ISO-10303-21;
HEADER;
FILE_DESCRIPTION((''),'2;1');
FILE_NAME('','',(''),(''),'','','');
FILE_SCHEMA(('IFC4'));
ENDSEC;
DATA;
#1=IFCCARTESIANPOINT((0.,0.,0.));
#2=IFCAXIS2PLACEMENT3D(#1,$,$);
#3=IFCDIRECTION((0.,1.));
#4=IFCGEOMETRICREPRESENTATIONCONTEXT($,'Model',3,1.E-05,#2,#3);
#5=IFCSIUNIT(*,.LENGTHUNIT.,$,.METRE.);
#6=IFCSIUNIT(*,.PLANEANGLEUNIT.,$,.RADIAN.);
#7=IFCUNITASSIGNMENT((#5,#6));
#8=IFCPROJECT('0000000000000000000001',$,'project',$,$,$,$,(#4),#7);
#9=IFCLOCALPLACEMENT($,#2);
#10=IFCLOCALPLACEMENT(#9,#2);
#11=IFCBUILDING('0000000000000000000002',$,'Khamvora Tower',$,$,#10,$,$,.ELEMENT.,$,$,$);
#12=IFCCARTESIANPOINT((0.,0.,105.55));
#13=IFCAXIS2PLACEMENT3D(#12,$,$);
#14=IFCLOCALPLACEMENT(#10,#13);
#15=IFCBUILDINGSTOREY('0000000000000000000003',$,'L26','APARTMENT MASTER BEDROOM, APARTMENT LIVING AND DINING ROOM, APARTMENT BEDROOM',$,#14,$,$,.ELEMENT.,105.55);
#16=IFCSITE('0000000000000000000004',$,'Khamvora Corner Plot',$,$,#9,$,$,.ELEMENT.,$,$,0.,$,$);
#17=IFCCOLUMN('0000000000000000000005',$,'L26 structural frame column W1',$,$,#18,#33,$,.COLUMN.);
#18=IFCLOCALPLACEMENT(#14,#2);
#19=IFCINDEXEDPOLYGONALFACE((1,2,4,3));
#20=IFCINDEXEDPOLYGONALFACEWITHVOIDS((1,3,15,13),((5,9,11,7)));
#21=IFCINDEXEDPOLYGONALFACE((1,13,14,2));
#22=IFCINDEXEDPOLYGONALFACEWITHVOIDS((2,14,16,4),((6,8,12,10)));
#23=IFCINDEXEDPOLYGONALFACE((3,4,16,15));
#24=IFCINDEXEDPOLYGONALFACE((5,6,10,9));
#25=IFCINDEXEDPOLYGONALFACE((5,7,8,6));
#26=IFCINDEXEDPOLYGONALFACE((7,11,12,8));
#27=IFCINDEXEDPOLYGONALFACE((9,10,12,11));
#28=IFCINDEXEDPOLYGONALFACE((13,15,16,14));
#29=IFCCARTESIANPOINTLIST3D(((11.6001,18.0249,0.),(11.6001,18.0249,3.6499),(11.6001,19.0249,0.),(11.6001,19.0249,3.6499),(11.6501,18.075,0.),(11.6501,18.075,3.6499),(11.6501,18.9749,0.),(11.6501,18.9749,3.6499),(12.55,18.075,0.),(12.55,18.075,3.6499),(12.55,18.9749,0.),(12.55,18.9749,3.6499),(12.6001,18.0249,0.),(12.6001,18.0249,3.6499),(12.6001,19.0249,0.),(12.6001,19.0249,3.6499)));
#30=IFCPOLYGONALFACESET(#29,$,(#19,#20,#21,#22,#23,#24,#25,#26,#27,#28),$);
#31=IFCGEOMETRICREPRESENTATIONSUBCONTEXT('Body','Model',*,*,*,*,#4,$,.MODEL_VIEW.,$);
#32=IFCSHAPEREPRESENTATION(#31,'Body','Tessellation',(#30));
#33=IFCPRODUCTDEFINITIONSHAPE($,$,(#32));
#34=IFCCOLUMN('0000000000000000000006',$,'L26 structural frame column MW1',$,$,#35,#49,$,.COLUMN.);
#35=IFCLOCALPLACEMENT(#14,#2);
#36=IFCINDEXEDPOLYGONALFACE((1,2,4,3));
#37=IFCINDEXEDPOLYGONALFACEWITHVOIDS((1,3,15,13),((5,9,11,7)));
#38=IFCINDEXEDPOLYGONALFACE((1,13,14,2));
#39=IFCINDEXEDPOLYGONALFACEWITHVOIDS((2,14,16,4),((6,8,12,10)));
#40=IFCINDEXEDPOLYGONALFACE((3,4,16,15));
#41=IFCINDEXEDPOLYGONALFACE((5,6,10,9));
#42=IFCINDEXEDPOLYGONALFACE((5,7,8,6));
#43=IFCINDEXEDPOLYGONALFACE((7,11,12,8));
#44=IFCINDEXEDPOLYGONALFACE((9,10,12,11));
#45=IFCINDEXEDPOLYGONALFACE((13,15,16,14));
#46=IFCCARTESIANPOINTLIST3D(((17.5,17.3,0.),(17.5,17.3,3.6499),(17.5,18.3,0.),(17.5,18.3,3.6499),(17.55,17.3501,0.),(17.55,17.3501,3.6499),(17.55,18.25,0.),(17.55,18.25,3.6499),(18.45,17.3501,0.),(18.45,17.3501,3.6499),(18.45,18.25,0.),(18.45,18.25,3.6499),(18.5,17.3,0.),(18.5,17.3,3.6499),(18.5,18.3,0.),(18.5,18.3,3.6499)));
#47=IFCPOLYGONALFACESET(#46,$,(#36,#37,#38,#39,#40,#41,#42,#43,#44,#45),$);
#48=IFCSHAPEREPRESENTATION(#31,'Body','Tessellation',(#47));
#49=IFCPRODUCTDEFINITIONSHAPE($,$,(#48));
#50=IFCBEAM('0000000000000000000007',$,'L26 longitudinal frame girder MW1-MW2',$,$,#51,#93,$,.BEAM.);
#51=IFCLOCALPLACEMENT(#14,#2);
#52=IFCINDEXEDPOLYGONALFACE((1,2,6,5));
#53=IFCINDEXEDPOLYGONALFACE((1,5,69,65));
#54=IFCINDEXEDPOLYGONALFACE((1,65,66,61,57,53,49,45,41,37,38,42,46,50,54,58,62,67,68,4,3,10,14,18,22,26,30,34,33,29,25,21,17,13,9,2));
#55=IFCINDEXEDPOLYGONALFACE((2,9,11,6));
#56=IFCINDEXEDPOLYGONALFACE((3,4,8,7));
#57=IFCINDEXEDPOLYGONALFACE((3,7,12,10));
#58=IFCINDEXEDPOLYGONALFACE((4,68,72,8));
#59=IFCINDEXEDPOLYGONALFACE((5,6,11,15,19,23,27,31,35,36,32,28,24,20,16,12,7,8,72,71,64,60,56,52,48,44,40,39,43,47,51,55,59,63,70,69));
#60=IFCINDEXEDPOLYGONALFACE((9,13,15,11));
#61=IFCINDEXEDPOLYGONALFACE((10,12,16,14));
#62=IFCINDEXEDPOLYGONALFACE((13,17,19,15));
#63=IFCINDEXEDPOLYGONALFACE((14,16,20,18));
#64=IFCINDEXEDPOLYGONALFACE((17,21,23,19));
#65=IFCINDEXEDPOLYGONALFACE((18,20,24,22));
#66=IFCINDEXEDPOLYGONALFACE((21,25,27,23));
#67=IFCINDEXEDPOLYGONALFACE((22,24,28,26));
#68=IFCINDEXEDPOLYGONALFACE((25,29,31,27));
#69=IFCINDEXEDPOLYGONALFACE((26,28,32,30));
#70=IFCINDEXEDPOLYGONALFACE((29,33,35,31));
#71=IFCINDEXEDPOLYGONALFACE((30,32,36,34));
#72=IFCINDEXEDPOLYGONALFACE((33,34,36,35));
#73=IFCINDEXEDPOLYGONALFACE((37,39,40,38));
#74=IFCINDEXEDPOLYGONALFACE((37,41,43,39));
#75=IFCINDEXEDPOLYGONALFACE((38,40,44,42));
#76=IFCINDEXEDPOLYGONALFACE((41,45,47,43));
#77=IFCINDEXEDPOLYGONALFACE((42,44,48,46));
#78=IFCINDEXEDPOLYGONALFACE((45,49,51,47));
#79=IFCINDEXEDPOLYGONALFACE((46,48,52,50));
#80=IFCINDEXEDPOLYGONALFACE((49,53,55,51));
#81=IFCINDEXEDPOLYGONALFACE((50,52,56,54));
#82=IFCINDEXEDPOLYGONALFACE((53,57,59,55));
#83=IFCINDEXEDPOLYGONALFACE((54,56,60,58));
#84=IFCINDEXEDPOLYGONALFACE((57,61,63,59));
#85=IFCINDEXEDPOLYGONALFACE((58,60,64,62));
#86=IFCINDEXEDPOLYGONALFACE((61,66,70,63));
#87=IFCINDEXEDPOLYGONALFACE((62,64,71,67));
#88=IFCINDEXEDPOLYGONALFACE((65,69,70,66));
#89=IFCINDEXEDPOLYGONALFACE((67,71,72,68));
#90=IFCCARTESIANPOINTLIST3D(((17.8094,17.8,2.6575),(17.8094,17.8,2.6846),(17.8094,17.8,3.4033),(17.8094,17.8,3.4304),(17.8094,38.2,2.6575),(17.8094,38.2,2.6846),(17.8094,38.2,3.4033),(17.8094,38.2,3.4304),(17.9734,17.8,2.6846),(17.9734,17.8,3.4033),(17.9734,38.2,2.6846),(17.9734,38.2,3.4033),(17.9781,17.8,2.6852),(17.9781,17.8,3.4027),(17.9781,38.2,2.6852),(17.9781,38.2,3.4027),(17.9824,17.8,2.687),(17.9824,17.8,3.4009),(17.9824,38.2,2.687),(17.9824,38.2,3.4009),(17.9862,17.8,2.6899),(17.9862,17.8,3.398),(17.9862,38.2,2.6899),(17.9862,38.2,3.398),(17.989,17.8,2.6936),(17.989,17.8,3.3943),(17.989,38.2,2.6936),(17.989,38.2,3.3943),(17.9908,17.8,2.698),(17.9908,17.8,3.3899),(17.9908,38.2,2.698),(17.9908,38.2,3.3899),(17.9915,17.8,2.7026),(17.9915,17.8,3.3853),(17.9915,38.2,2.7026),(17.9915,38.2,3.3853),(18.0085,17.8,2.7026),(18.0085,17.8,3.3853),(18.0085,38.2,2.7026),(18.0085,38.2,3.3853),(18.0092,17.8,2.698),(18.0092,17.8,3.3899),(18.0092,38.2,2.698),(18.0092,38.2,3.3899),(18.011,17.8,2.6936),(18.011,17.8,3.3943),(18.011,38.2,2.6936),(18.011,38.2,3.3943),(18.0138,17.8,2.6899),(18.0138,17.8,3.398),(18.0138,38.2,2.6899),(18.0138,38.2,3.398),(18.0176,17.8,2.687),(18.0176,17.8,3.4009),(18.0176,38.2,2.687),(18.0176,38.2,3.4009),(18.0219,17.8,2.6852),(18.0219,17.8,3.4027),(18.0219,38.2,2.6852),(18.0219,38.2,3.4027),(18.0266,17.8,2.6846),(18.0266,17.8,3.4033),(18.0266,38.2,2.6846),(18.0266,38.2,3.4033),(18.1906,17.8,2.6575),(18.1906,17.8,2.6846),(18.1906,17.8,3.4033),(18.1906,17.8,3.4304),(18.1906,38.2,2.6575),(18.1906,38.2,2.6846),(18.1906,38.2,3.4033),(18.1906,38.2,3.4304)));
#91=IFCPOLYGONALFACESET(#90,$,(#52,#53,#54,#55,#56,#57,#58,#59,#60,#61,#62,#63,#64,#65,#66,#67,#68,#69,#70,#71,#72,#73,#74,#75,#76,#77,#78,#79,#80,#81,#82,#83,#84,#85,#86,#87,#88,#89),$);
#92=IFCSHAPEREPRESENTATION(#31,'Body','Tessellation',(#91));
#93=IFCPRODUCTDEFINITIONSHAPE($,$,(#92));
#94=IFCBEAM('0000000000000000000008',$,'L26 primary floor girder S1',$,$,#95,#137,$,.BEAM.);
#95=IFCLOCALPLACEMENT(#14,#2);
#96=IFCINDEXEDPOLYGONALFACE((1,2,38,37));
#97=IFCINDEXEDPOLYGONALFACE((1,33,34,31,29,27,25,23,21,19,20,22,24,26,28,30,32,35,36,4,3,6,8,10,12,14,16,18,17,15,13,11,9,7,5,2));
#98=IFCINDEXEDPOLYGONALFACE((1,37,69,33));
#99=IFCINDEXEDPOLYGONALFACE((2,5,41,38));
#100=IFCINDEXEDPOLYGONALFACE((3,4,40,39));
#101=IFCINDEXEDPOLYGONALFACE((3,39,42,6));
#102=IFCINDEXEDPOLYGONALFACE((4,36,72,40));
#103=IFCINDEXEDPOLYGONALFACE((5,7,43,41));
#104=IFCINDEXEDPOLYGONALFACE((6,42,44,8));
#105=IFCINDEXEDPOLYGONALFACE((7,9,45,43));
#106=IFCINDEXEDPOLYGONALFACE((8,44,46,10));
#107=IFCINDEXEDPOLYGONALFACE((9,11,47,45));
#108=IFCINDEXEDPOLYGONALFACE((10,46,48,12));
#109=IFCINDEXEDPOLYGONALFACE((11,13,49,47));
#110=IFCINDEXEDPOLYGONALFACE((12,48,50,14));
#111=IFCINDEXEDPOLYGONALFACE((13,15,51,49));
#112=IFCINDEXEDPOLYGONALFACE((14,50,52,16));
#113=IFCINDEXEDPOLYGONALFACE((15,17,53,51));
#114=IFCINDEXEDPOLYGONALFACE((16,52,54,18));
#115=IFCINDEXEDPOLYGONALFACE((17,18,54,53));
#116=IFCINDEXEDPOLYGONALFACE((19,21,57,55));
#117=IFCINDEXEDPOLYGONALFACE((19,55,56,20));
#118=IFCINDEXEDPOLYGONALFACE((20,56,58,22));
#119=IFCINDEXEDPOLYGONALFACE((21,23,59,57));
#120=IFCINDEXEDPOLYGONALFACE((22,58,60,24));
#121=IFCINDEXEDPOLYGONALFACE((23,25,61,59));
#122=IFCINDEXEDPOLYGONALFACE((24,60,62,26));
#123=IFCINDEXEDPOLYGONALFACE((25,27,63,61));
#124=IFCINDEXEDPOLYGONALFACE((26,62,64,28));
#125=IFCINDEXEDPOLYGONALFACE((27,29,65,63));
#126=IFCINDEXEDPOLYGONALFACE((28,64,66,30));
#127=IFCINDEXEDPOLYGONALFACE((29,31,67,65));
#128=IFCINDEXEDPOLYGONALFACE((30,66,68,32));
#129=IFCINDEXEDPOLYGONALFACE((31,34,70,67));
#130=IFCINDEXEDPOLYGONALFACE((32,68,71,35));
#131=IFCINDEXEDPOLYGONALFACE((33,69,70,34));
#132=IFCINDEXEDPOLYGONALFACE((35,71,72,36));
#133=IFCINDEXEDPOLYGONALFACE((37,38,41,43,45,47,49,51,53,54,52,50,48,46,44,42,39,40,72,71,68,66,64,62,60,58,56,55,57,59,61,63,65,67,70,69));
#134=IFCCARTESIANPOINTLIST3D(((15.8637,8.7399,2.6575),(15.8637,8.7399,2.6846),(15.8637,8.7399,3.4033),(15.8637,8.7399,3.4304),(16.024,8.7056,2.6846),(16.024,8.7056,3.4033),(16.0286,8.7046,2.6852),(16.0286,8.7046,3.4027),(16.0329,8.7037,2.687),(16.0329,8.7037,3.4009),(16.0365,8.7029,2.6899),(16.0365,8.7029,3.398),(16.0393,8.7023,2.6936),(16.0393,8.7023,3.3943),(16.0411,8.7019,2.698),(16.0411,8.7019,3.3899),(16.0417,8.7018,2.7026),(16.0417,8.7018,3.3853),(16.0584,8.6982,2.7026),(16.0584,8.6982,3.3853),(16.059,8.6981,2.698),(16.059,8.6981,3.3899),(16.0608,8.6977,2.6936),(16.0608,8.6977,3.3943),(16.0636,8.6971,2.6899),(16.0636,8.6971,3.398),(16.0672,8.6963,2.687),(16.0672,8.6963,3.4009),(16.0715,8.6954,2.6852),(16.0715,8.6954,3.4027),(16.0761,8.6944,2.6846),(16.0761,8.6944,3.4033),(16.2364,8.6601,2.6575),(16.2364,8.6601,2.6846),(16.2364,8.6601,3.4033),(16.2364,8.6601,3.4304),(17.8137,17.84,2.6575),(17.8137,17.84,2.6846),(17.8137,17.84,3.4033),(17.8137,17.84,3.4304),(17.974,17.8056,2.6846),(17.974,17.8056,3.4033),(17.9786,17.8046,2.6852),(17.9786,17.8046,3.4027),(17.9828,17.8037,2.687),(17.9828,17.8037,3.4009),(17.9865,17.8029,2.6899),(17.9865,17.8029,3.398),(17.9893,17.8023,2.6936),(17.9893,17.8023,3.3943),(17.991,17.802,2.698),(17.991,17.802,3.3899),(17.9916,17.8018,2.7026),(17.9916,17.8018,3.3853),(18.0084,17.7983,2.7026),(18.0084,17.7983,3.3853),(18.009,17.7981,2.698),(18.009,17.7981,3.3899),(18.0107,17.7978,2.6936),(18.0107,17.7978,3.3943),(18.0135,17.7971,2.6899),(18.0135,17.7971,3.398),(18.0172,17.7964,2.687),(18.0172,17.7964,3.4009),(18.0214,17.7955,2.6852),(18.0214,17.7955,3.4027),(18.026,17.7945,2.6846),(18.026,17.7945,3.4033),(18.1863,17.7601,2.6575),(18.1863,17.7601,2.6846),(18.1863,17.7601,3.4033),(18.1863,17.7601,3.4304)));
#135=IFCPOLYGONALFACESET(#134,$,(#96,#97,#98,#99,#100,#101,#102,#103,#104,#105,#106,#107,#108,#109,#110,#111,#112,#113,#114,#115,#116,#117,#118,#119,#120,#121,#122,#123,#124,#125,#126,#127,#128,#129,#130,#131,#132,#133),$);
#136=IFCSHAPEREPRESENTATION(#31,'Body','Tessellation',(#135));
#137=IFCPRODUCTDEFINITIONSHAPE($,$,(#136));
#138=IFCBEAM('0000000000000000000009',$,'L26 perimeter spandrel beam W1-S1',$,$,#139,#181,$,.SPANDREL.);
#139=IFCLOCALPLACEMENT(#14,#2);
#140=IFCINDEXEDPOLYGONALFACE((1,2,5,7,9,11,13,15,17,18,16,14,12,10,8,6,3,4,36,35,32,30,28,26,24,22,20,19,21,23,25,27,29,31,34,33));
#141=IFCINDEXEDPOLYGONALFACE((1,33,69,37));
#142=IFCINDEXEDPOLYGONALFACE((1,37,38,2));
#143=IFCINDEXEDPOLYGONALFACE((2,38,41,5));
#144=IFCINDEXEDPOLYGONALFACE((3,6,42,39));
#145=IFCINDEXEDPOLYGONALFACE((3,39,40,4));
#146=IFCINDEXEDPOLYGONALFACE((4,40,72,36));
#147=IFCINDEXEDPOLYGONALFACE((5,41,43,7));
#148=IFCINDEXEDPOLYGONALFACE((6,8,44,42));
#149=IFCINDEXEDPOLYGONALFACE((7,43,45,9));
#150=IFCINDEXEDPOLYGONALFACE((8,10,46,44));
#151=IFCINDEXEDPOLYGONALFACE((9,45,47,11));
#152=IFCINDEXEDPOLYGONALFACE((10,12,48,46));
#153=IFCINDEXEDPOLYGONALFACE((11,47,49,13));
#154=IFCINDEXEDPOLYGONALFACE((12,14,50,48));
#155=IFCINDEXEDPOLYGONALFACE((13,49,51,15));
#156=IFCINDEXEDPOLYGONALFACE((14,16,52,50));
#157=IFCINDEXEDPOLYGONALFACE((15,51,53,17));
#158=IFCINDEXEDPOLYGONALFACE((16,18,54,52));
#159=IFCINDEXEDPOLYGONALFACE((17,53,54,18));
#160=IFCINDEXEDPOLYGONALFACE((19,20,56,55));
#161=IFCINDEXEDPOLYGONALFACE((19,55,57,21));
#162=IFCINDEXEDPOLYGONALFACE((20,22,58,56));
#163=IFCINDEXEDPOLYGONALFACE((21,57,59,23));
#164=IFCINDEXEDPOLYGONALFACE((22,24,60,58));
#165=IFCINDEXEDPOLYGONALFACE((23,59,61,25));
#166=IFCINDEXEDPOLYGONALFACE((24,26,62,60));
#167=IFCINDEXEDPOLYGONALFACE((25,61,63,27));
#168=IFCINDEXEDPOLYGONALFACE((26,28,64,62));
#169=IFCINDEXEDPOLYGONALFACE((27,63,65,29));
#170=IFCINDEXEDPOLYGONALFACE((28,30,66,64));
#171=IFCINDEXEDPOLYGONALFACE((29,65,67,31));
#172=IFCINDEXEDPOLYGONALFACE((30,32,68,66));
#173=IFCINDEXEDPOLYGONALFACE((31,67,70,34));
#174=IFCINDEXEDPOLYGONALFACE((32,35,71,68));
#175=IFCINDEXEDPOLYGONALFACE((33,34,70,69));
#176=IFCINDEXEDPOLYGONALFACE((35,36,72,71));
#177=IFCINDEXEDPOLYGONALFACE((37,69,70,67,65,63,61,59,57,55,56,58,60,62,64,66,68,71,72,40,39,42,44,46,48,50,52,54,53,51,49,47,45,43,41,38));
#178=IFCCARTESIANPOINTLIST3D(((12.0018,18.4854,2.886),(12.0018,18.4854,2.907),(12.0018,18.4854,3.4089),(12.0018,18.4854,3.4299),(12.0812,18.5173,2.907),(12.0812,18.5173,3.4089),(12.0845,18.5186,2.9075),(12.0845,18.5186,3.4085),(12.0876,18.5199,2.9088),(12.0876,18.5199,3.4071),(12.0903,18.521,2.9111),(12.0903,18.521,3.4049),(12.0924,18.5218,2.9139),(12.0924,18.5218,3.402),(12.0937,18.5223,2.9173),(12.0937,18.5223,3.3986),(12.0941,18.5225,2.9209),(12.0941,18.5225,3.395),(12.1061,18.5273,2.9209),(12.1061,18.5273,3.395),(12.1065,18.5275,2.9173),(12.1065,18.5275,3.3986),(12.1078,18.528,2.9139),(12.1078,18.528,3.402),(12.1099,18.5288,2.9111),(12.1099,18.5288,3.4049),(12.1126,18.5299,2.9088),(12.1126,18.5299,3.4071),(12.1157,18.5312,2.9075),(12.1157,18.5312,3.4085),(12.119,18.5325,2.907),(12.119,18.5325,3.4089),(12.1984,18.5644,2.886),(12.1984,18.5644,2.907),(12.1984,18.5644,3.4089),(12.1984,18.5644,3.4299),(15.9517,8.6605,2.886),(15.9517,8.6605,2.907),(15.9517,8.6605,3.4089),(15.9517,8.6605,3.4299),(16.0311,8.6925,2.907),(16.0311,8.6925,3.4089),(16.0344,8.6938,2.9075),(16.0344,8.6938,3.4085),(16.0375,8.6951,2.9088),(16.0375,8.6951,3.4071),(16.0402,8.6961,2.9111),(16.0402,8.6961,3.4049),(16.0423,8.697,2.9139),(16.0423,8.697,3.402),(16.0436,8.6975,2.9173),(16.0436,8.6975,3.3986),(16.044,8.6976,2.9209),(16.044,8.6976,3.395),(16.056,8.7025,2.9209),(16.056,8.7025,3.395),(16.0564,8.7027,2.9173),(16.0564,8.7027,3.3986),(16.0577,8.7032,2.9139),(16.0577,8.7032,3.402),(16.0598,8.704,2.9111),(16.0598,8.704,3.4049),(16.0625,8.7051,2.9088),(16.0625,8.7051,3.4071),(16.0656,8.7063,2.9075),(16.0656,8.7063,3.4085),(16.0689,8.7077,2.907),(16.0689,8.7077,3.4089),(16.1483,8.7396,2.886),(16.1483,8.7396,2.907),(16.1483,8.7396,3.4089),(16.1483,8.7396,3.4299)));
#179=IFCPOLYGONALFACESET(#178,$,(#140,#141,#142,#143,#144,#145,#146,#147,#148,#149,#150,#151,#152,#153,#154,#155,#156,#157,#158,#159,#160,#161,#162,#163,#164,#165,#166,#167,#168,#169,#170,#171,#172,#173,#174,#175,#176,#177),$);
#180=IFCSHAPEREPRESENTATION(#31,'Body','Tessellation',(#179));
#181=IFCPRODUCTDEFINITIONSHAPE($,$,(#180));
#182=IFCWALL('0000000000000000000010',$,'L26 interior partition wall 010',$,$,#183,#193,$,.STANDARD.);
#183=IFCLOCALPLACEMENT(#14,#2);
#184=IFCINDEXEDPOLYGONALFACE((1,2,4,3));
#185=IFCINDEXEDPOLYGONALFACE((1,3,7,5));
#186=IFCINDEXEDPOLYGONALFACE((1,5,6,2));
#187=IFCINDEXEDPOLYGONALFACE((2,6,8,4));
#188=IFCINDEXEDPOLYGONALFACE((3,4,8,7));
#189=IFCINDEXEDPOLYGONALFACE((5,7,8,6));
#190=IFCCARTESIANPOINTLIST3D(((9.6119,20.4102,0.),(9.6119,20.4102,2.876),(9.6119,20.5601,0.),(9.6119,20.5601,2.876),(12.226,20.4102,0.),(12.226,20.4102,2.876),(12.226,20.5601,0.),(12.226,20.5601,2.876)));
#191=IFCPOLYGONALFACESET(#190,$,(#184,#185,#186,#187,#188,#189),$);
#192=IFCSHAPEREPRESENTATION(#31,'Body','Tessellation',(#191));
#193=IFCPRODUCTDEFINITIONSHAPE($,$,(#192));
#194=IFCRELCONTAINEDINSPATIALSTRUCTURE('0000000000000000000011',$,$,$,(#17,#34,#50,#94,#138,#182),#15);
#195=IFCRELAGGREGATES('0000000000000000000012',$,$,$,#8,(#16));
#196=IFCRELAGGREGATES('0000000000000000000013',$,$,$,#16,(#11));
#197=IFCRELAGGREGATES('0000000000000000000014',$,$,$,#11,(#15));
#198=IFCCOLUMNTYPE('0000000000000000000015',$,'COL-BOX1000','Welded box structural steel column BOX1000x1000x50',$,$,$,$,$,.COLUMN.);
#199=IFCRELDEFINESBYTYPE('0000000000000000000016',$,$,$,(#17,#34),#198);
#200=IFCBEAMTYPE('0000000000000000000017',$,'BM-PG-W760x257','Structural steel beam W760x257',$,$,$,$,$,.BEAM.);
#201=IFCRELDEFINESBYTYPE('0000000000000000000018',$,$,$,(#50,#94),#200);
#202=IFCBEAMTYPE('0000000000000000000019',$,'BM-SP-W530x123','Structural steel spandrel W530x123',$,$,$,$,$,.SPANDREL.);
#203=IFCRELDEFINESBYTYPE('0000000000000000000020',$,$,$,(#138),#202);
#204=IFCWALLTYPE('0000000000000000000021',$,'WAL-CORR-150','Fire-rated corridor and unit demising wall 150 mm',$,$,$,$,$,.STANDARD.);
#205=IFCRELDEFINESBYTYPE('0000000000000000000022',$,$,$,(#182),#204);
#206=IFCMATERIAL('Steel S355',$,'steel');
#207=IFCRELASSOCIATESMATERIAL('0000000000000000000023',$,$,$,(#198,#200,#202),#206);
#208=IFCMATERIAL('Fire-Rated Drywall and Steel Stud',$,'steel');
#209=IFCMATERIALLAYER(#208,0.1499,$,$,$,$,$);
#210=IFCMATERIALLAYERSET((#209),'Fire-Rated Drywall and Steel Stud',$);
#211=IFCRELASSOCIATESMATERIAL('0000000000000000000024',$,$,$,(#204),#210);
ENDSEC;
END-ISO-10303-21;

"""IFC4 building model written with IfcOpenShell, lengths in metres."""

from ifc_helpers import new_model, si_unit, direction, frame, frame_2d, origin, origin_2d, place, context, subcontext, project, spatial, rectangle, hollow_rectangle, i_section, extrude, material, layer, layer_set, material_profile, profile_set, type_object, element, save


model = new_model("IFC4")

# Units and contexts
model_context = context("Model", 3, precision=1e-05, world=origin(), true_north=direction((0.0, 1.0)))
body_context = subcontext(model_context, "Body", "Model", "MODEL_VIEW")
ifc_project = project(units=[si_unit("LENGTHUNIT", "METRE"), si_unit("PLANEANGLEUNIT", "RADIAN")], contexts=[model_context])

# Site, building, storey
site_placement = place(None, origin())
site = spatial("IfcSite", under=ifc_project, at=site_placement, Name="Khamvora Corner Plot", CompositionType="ELEMENT", RefElevation=0.0)
building_placement = place(site_placement, origin())
building = spatial("IfcBuilding", under=site, at=building_placement, Name="Khamvora Tower", CompositionType="ELEMENT")
storey_placement = place(building_placement, frame((0.0, 0.0, 105.55)))
storey = spatial("IfcBuildingStorey", under=building, at=storey_placement, Name="L26", Description="APARTMENT MASTER BEDROOM, APARTMENT LIVING AND DINING ROOM, APARTMENT BEDROOM", CompositionType="ELEMENT", Elevation=105.55)

# Columns
ifc_material_1 = material(Name="Steel S355", Category="steel")
ifc_material_profile_1 = material_profile(ifc_material_1, hollow_rectangle(XDim=1.0, YDim=1.0, WallThickness=0.05, at=origin_2d()), Name="BOX1000x1000x50")
ifc_profile_set_1 = profile_set([ifc_material_profile_1], Name="Steel S355")
column_type = type_object("IfcColumnType", Name="COL-BOX1000", Description="Welded box structural steel column BOX1000x1000x50", PredefinedType="COLUMN", material=ifc_profile_set_1)
for number, where, z_axis, x_axis, name in (
    (1, (12.1001, 18.5249, 0.0), (0.0, 0.0, 1.0), (1.0, 0.0, 0.0), "L26 structural frame column W1"),
    (2, (18.0, 17.8, 0.0), (0.0, 0.0, 1.0), (1.0, 0.0, 0.0), "L26 structural frame column MW1"),
):
    element("IfcColumn", number, at=place(storey_placement, frame(where, z_axis=z_axis, x_axis=x_axis)), inside=storey, type_object=column_type, Name=name, PredefinedType="COLUMN", context=body_context, shape_type="SweptSolid", body=[
        extrude(hollow_rectangle(XDim=1.0, YDim=1.0, WallThickness=0.05, at=origin_2d()), origin(), (0.0, 0.0, 1.0), 3.6499),
    ])

# Beams
ifc_material_profile_2 = material_profile(ifc_material_1, i_section(OverallWidth=0.3811, OverallDepth=0.7729, WebThickness=0.0171, FlangeThickness=0.0271, FilletRadius=0.0181, at=origin_2d()), Name="W760x257")
ifc_profile_set_2 = profile_set([ifc_material_profile_2], Name="Steel S355")
beam_type_1 = type_object("IfcBeamType", Name="BM-PG-W760x257", Description="Structural steel beam W760x257", PredefinedType="BEAM", material=ifc_profile_set_2)
beam_1_placement = place(storey_placement, frame((18.0, 17.8, 3.0439), z_axis=(0.0, 1.0, 0.0), x_axis=(-1.0, 0.0, 0.0)))
element("IfcBeam", 3, at=beam_1_placement, inside=storey, type_object=beam_type_1, Name="L26 longitudinal frame girder MW1-MW2", PredefinedType="BEAM", context=body_context, shape_type="SweptSolid", body=[
    extrude(i_section(OverallWidth=0.3811, OverallDepth=0.7729, WebThickness=0.0171, FlangeThickness=0.0271, FilletRadius=0.0181, at=origin_2d()), origin(), (0.0, 0.0, 1.0), 20.3999),
])
beam_2_placement = place(storey_placement, frame((18.0, 17.8, 3.0439), z_axis=(-0.209522, -0.977804, 0.0), x_axis=(0.977804, -0.209522, 0.0)))
element("IfcBeam", 4, at=beam_2_placement, inside=storey, type_object=beam_type_1, Name="L26 primary floor girder S1", PredefinedType="BEAM", context=body_context, shape_type="SweptSolid", body=[
    extrude(i_section(OverallWidth=0.3811, OverallDepth=0.7729, WebThickness=0.0171, FlangeThickness=0.0271, FilletRadius=0.0181, at=origin_2d()), origin(), (0.0, 0.0, 1.0), 9.3066),
])
ifc_material_profile_3 = material_profile(ifc_material_1, i_section(OverallWidth=0.2119, OverallDepth=0.5439, WebThickness=0.0129, FlangeThickness=0.021, FilletRadius=0.0139, at=origin_2d()), Name="W530x123")
ifc_profile_set_3 = profile_set([ifc_material_profile_3], Name="Steel S355")
beam_type_2 = type_object("IfcBeamType", Name="BM-SP-W530x123", Description="Structural steel spandrel W530x123", PredefinedType="SPANDREL", material=ifc_profile_set_3)
beam_3_placement = place(storey_placement, frame((12.1001, 18.5249, 3.158), z_axis=(0.373016, -0.927825, 0.0), x_axis=(0.927825, 0.373016, 0.0)))
element("IfcBeam", 5, at=beam_3_placement, inside=storey, type_object=beam_type_2, Name="L26 perimeter spandrel beam W1-S1", PredefinedType="SPANDREL", context=body_context, shape_type="SweptSolid", body=[
    extrude(i_section(OverallWidth=0.2119, OverallDepth=0.5439, WebThickness=0.0129, FlangeThickness=0.021, FilletRadius=0.0139, at=origin_2d()), origin(), (0.0, 0.0, 1.0), 10.5891),
])

# Shared definitions
ifc_material_2 = material(Name="Fire-Rated Drywall and Steel Stud", Category="steel")
ifc_layer_1 = layer(ifc_material_2, 0.1499)
ifc_layer_set_1 = layer_set([ifc_layer_1], Name="Fire-Rated Drywall and Steel Stud")
wall_type_1 = type_object("IfcWallType", Name="WAL-CORR-150", Description="Fire-rated corridor and unit demising wall 150 mm", PredefinedType="STANDARD", material=ifc_layer_set_1)

# Wall
wall_1_placement = place(storey_placement, frame((12.2261, 20.4851, 0.0), z_axis=(0.0, 0.0, 1.0), x_axis=(-1.0, 0.0, 0.0)))
element("IfcWall", 6, at=wall_1_placement, inside=storey, type_object=wall_type_1, Name="L26 interior partition wall 010", PredefinedType="STANDARD", context=body_context, shape_type="SweptSolid", body=[
    extrude(rectangle(XDim=2.614, YDim=0.1499, at=frame_2d((1.3071, 0.0))), origin(), (0.0, 0.0, 1.0), 2.876),
])

save(model, "model.ifc")
